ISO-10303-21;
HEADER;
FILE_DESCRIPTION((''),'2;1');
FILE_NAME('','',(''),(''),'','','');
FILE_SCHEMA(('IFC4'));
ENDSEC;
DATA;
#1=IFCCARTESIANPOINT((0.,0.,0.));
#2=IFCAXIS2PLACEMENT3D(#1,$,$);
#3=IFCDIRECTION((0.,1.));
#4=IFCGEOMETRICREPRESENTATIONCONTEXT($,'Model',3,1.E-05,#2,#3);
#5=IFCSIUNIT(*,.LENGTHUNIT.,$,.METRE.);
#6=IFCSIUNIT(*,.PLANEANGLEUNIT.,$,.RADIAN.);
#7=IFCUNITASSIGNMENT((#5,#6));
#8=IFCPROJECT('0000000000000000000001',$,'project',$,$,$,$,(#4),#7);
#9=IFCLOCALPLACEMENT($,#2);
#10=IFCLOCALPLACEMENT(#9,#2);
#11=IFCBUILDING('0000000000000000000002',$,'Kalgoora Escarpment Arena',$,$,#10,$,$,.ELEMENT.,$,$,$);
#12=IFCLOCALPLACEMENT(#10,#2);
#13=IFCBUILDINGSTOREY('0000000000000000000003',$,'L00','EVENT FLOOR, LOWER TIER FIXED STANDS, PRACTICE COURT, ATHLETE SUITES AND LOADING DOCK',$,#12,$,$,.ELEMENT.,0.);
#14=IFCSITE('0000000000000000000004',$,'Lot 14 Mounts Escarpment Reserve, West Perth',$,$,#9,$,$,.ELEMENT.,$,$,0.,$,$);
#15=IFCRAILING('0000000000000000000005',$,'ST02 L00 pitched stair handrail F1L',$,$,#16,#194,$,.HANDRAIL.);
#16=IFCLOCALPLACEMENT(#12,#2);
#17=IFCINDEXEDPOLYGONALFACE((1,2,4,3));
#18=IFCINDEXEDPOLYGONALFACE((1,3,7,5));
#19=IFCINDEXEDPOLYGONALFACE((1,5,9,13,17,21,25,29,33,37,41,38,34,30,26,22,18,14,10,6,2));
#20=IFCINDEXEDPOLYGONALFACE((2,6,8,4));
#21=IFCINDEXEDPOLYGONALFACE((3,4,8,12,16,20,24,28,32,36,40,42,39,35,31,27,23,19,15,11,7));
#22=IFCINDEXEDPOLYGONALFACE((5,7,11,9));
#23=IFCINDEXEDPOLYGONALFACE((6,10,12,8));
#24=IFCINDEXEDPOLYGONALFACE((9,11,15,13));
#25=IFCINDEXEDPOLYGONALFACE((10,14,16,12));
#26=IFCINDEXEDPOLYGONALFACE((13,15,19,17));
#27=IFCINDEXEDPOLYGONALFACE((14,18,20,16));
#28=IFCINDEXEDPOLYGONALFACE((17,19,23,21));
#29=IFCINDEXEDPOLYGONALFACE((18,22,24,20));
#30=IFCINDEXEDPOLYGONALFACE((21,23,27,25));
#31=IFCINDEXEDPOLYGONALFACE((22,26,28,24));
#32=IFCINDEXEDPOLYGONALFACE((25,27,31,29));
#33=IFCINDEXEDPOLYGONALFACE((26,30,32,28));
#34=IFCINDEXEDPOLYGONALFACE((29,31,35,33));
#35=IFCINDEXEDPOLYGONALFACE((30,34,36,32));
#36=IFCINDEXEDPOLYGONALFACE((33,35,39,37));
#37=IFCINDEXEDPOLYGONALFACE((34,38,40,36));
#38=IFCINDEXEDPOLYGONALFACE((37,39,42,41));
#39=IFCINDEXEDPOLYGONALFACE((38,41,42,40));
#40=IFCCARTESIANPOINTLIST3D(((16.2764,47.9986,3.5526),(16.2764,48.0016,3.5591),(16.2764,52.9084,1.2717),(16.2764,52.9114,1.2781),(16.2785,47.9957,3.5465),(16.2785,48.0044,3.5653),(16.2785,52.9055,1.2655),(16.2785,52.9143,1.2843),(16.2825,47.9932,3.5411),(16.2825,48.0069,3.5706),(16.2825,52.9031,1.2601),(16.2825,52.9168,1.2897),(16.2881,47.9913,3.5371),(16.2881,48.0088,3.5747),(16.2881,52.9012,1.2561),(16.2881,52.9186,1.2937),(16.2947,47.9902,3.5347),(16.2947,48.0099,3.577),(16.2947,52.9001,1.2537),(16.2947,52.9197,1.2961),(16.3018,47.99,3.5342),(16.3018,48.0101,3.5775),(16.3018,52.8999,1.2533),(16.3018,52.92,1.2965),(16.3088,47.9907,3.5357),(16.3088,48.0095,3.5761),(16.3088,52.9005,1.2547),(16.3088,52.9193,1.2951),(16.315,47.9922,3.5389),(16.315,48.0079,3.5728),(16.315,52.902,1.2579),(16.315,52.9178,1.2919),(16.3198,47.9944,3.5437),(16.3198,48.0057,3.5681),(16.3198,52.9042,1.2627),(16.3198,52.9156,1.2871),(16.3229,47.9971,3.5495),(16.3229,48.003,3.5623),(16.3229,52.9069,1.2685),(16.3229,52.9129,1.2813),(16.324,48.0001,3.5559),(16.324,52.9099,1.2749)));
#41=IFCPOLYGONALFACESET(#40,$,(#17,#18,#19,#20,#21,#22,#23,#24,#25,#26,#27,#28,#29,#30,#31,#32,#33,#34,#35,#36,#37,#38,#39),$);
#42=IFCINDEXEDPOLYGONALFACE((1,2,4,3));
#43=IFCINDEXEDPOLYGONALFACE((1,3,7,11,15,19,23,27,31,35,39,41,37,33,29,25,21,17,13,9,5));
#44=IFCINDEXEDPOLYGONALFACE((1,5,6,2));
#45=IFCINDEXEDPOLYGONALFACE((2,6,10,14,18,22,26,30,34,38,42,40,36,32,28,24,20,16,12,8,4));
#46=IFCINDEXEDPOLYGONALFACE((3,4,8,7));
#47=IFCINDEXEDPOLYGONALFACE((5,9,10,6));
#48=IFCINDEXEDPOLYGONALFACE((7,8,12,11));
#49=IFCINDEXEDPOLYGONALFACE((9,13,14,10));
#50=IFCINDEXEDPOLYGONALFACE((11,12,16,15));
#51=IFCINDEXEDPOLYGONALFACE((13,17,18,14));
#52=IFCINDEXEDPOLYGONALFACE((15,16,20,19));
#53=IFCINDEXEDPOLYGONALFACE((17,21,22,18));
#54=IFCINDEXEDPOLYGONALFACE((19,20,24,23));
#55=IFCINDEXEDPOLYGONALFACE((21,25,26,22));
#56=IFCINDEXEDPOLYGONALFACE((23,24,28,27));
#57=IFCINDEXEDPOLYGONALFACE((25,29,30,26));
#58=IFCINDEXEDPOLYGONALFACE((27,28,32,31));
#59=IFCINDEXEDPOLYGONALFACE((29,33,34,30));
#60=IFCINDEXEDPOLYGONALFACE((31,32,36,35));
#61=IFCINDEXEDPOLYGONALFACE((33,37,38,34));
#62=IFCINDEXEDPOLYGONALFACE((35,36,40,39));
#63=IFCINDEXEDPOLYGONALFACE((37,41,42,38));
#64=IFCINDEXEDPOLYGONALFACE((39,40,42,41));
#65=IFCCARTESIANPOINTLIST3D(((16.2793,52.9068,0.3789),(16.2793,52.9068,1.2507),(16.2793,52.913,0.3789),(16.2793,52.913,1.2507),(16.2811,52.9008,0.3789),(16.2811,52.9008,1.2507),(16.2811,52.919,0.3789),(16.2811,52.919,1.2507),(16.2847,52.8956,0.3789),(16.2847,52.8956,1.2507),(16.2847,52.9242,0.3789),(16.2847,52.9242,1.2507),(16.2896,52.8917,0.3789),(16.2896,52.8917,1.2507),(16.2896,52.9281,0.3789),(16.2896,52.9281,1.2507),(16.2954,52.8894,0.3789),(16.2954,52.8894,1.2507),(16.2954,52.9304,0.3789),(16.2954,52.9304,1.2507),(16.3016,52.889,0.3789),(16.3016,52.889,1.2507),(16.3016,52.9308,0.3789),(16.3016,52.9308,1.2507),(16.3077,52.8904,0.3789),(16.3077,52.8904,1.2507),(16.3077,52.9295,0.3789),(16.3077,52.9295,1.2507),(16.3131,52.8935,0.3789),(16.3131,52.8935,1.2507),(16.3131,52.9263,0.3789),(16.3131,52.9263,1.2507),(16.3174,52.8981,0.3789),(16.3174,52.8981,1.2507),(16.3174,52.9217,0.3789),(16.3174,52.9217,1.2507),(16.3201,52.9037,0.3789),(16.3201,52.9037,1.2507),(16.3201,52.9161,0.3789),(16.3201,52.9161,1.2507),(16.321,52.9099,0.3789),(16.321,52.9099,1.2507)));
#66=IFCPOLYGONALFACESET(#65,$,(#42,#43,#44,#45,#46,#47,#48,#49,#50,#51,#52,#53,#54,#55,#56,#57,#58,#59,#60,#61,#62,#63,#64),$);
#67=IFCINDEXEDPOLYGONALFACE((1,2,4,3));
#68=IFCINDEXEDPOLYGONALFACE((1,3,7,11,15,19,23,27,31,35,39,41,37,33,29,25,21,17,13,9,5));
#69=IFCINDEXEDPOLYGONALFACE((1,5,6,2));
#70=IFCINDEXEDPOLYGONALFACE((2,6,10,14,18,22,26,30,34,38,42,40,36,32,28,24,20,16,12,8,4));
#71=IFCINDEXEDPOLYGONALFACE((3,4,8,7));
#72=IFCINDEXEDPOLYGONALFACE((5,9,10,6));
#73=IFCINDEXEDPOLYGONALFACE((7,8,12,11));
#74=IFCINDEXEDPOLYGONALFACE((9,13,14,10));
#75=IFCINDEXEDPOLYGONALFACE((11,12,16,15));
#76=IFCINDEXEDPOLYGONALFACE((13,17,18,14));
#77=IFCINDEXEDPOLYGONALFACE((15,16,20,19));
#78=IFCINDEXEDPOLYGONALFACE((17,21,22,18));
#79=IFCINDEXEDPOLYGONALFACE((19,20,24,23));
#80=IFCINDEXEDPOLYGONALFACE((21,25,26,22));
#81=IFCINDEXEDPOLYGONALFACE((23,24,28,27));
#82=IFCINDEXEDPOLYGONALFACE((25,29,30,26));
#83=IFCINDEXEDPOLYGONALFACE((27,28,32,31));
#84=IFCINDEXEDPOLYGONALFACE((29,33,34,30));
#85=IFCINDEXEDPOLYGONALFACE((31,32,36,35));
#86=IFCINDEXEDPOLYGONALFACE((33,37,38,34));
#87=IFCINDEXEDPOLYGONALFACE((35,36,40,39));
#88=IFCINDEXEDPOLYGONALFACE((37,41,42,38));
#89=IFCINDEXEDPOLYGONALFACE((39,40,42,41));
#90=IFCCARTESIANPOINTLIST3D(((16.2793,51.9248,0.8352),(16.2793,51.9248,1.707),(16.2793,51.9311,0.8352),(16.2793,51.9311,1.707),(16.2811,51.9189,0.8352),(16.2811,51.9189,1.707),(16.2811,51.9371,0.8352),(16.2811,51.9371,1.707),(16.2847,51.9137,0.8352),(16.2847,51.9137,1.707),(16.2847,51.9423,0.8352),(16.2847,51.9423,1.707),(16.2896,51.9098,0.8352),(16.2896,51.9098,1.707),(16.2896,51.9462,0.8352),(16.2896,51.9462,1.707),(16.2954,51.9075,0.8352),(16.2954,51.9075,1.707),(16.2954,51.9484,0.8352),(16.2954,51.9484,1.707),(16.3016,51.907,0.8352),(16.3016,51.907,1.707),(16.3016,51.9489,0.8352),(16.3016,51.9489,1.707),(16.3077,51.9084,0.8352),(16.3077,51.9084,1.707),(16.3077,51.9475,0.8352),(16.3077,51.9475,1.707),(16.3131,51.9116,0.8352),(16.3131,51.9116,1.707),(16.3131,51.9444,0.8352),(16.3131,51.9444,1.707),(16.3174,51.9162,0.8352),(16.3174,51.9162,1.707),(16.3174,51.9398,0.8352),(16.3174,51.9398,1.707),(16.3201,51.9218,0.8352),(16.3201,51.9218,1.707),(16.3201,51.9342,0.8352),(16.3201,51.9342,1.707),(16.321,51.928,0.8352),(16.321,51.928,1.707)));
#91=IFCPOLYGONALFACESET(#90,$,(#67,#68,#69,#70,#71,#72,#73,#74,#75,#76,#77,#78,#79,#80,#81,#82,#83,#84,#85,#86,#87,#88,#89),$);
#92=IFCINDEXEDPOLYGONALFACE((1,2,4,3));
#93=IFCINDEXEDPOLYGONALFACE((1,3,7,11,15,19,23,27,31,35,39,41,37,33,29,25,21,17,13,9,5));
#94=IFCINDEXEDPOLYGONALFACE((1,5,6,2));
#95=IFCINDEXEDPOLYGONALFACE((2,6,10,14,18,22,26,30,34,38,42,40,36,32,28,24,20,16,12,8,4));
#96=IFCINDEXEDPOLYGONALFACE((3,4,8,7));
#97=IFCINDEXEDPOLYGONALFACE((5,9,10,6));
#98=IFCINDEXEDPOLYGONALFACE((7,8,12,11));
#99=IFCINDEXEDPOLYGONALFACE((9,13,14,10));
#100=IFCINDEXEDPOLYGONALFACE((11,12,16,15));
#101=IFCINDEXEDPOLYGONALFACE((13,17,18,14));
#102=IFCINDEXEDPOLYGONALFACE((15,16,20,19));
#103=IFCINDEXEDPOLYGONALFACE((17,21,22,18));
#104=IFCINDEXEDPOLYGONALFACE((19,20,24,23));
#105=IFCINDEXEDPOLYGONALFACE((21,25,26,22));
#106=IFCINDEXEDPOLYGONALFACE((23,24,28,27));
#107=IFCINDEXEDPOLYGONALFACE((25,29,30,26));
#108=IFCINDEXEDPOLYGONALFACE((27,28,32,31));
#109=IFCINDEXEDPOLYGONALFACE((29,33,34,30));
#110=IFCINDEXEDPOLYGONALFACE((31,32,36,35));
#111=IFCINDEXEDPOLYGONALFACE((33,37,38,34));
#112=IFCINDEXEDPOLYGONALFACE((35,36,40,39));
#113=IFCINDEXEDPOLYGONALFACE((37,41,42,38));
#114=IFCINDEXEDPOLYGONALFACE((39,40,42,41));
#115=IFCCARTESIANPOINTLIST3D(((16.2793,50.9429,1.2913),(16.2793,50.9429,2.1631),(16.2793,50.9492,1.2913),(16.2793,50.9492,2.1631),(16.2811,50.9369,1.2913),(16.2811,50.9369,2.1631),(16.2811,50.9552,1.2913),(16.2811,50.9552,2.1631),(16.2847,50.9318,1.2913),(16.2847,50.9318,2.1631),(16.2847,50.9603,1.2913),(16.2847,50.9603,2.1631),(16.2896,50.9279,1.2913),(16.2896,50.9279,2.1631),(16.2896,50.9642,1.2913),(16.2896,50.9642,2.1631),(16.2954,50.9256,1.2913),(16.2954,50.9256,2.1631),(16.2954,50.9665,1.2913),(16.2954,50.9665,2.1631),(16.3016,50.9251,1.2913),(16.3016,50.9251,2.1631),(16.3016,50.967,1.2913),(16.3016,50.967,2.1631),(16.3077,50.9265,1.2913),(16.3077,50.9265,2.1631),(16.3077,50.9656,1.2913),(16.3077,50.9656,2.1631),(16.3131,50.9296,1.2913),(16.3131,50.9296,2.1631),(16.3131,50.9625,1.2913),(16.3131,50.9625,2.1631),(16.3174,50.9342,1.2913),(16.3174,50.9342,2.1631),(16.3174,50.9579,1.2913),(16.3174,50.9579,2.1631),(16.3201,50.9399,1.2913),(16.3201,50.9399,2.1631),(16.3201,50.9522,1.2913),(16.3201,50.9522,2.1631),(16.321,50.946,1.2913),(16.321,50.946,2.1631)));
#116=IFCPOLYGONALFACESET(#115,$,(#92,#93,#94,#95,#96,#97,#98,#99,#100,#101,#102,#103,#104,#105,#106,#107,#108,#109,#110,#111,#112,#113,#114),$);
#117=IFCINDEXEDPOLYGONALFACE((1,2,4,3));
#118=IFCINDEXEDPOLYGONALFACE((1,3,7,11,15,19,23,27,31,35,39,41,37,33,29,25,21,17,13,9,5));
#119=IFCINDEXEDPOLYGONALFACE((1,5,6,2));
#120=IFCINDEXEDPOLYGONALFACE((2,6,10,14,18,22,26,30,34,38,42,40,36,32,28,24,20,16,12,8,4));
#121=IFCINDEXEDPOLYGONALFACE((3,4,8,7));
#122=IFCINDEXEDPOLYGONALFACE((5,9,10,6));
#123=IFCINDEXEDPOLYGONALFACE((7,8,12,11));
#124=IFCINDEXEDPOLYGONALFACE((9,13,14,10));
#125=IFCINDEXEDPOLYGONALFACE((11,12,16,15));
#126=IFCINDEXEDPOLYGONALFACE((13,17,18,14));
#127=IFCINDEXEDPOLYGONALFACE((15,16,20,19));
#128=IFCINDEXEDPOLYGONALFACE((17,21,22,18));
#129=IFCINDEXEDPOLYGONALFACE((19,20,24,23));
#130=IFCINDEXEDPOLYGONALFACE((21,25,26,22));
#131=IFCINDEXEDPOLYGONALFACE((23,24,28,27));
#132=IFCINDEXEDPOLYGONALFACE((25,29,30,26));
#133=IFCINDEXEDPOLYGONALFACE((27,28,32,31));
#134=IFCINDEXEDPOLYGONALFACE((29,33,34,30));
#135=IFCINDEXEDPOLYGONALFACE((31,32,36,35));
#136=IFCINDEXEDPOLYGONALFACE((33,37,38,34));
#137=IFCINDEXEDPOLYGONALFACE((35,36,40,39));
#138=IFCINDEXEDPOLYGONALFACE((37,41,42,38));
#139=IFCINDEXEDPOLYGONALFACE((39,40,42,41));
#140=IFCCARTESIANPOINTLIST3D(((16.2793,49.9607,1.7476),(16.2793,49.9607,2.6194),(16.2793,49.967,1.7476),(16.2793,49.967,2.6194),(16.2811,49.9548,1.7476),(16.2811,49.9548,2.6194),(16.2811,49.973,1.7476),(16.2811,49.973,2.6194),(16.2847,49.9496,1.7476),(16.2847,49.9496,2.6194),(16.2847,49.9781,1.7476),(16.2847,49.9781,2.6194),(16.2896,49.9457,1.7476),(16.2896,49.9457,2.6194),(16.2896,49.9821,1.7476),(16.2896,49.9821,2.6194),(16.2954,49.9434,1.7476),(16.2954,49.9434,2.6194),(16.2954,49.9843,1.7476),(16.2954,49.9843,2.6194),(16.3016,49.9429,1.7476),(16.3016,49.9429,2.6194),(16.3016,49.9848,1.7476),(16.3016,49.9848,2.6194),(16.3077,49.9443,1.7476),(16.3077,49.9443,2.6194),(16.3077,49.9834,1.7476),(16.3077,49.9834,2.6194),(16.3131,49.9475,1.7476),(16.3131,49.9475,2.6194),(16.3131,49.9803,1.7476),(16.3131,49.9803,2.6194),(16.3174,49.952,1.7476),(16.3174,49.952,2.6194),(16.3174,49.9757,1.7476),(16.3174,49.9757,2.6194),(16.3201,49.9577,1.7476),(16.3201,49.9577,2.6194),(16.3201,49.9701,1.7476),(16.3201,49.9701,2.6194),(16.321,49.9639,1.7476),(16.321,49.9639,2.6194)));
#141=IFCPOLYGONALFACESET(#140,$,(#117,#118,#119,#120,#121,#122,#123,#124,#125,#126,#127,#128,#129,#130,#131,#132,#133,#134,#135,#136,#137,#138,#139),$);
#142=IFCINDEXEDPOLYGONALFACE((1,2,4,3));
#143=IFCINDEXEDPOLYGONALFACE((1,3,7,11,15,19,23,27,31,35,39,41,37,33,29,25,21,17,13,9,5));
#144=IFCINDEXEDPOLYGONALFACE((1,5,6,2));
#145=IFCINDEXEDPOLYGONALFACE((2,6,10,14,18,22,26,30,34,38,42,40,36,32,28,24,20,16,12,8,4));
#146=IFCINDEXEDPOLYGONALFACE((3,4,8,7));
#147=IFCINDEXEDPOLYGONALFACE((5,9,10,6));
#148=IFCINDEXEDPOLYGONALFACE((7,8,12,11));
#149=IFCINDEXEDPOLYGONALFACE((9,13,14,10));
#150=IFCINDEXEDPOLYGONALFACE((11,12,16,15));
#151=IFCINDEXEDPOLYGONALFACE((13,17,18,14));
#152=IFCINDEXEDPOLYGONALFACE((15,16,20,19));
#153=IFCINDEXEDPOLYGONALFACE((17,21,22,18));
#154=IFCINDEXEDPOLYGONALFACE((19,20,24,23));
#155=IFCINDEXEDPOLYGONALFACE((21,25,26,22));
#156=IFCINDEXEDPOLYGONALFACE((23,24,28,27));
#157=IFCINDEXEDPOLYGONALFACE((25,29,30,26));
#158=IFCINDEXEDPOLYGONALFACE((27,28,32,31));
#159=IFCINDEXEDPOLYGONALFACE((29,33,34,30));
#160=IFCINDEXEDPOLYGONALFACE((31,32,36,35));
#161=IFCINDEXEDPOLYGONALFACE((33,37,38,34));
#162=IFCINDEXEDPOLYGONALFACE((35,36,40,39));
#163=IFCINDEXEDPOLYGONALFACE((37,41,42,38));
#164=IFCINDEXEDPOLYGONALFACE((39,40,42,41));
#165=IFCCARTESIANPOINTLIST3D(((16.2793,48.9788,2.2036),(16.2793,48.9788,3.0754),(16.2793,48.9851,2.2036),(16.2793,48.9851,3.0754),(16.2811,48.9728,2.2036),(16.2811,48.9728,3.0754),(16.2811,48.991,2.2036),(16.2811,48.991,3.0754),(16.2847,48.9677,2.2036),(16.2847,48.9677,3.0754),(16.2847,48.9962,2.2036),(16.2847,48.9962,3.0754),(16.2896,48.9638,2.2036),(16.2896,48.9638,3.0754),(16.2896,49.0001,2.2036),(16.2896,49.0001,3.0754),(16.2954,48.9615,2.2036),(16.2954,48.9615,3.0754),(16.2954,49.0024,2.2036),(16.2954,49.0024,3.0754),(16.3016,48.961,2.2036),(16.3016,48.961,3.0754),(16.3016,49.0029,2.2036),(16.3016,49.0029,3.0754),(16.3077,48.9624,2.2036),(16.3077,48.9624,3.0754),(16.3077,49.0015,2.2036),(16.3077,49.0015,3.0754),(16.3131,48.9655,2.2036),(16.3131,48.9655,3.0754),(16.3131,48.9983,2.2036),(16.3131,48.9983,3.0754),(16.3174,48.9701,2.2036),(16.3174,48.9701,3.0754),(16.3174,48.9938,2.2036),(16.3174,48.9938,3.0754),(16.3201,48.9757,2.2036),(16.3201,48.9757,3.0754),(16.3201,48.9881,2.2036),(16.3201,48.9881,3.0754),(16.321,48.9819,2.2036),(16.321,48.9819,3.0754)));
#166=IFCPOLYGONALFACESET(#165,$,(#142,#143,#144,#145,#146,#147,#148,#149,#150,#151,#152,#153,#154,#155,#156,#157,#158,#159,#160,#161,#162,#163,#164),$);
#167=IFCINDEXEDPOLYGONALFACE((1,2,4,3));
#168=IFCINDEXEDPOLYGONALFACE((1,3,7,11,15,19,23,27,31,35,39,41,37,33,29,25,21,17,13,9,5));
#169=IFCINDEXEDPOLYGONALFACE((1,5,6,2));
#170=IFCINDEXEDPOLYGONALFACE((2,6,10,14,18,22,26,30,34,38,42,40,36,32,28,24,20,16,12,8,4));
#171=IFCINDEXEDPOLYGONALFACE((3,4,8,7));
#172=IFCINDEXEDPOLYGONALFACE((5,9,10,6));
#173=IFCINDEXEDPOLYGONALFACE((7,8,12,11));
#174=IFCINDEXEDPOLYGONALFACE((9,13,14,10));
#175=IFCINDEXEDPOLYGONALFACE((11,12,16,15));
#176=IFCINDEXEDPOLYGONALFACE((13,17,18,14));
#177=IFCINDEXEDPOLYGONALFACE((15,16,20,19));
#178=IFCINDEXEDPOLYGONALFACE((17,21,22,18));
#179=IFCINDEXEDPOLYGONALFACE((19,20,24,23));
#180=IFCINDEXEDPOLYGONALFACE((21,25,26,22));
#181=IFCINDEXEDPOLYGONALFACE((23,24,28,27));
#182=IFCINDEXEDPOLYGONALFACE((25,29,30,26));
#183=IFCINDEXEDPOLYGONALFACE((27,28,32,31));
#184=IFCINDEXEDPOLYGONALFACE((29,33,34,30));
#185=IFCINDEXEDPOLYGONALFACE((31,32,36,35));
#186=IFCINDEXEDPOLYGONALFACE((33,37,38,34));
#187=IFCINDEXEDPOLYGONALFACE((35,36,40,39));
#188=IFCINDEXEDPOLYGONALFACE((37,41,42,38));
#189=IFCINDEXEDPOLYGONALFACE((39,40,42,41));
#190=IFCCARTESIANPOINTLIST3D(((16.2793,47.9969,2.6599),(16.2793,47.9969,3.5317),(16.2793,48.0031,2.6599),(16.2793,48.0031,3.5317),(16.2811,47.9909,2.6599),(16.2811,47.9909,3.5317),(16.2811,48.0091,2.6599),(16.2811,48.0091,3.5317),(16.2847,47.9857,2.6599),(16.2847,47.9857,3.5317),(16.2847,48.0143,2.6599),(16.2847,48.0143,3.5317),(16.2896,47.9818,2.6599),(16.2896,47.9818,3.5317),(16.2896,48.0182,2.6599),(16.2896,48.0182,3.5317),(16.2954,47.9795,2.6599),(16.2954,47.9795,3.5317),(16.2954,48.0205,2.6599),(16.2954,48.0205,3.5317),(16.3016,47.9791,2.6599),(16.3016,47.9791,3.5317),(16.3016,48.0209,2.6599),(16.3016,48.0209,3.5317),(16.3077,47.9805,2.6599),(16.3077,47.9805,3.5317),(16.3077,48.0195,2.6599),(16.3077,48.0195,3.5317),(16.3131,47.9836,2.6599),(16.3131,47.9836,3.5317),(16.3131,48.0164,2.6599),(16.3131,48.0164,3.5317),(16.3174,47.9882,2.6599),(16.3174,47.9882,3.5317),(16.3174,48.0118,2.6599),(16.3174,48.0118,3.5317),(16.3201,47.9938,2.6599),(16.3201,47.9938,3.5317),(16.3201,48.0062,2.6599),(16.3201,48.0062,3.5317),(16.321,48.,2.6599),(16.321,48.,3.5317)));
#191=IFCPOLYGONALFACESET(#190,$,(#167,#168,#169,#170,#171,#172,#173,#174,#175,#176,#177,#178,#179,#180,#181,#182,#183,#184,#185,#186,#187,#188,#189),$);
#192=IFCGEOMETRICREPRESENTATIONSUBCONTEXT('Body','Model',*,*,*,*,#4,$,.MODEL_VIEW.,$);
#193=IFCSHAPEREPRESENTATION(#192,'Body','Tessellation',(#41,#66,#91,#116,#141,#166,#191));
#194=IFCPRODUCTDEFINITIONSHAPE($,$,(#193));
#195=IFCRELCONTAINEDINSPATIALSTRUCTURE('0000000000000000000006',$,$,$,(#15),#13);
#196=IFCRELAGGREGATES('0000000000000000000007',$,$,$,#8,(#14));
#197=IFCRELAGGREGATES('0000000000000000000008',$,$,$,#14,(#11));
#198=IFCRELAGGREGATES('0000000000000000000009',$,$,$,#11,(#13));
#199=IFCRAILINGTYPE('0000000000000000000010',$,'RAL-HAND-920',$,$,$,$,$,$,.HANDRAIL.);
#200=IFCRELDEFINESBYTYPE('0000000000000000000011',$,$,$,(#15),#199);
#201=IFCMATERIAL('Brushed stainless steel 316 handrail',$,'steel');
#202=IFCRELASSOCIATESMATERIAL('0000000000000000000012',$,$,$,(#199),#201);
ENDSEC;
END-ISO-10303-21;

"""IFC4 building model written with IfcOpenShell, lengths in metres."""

from ifc_helpers import new_model, si_unit, direction, frame, origin, origin_2d, place, context, subcontext, project, spatial, circle, extrude, material, type_object, element, save


model = new_model("IFC4")

# Units and contexts
model_context = context("Model", 3, precision=1e-05, world=origin(), true_north=direction((0.0, 1.0)))
body_context = subcontext(model_context, "Body", "Model", "MODEL_VIEW")
ifc_project = project(units=[si_unit("LENGTHUNIT", "METRE"), si_unit("PLANEANGLEUNIT", "RADIAN")], contexts=[model_context])

# Site, building, storey
site_placement = place(None, origin())
site = spatial("IfcSite", under=ifc_project, at=site_placement, Name="Lot 14 Mounts Escarpment Reserve, West Perth", CompositionType="ELEMENT", RefElevation=0.0)
building_placement = place(site_placement, origin())
building = spatial("IfcBuilding", under=site, at=building_placement, Name="Kalgoora Escarpment Arena", CompositionType="ELEMENT")
storey_placement = place(building_placement, origin())
storey = spatial("IfcBuildingStorey", under=building, at=storey_placement, Name="L00", Description="EVENT FLOOR, LOWER TIER FIXED STANDS, PRACTICE COURT, ATHLETE SUITES AND LOADING DOCK", CompositionType="ELEMENT", Elevation=0.0)

# Railing
ifc_material_1 = material(Name="Brushed stainless steel 316 handrail", Category="steel")
railing_type_1 = type_object("IfcRailingType", Name="RAL-HAND-920", PredefinedType="HANDRAIL", material=ifc_material_1)
for number, where, name in (
    (1, (16.3, 52.9099, 0.3789), "ST02 L00 pitched stair handrail F1L"),
):
    element("IfcRailing", number, at=place(storey_placement, frame(where)), inside=storey, type_object=railing_type_1, Name=name, PredefinedType="HANDRAIL", context=body_context, shape_type="SweptSolid", body=[
        extrude(circle(Radius=0.0239, at=origin_2d()), frame((0.0, 0.0, 0.896), z_axis=(0.0, -0.90691, 0.421325), x_axis=(1.0, 0.0, 0.0)), (0.0, 0.0, 1.0), 5.4138),
        extrude(circle(Radius=0.021, at=origin_2d()), origin(), (0.0, 0.0, 1.0), 0.8718),
        extrude(circle(Radius=0.021, at=origin_2d()), frame((0.0, -0.9819, 0.4563)), (0.0, 0.0, 1.0), 0.8718),
        extrude(circle(Radius=0.021, at=origin_2d()), frame((0.0, -1.9639, 0.9124)), (0.0, 0.0, 1.0), 0.8718),
        extrude(circle(Radius=0.021, at=origin_2d()), frame((0.0, -2.946, 1.3687)), (0.0, 0.0, 1.0), 0.8718),
        extrude(circle(Radius=0.021, at=origin_2d()), frame((0.0, -3.928, 1.8247)), (0.0, 0.0, 1.0), 0.8718),
        extrude(circle(Radius=0.021, at=origin_2d()), frame((0.0, -4.9099, 2.281)), (0.0, 0.0, 1.0), 0.8718),
    ])

save(model, "model.ifc")
